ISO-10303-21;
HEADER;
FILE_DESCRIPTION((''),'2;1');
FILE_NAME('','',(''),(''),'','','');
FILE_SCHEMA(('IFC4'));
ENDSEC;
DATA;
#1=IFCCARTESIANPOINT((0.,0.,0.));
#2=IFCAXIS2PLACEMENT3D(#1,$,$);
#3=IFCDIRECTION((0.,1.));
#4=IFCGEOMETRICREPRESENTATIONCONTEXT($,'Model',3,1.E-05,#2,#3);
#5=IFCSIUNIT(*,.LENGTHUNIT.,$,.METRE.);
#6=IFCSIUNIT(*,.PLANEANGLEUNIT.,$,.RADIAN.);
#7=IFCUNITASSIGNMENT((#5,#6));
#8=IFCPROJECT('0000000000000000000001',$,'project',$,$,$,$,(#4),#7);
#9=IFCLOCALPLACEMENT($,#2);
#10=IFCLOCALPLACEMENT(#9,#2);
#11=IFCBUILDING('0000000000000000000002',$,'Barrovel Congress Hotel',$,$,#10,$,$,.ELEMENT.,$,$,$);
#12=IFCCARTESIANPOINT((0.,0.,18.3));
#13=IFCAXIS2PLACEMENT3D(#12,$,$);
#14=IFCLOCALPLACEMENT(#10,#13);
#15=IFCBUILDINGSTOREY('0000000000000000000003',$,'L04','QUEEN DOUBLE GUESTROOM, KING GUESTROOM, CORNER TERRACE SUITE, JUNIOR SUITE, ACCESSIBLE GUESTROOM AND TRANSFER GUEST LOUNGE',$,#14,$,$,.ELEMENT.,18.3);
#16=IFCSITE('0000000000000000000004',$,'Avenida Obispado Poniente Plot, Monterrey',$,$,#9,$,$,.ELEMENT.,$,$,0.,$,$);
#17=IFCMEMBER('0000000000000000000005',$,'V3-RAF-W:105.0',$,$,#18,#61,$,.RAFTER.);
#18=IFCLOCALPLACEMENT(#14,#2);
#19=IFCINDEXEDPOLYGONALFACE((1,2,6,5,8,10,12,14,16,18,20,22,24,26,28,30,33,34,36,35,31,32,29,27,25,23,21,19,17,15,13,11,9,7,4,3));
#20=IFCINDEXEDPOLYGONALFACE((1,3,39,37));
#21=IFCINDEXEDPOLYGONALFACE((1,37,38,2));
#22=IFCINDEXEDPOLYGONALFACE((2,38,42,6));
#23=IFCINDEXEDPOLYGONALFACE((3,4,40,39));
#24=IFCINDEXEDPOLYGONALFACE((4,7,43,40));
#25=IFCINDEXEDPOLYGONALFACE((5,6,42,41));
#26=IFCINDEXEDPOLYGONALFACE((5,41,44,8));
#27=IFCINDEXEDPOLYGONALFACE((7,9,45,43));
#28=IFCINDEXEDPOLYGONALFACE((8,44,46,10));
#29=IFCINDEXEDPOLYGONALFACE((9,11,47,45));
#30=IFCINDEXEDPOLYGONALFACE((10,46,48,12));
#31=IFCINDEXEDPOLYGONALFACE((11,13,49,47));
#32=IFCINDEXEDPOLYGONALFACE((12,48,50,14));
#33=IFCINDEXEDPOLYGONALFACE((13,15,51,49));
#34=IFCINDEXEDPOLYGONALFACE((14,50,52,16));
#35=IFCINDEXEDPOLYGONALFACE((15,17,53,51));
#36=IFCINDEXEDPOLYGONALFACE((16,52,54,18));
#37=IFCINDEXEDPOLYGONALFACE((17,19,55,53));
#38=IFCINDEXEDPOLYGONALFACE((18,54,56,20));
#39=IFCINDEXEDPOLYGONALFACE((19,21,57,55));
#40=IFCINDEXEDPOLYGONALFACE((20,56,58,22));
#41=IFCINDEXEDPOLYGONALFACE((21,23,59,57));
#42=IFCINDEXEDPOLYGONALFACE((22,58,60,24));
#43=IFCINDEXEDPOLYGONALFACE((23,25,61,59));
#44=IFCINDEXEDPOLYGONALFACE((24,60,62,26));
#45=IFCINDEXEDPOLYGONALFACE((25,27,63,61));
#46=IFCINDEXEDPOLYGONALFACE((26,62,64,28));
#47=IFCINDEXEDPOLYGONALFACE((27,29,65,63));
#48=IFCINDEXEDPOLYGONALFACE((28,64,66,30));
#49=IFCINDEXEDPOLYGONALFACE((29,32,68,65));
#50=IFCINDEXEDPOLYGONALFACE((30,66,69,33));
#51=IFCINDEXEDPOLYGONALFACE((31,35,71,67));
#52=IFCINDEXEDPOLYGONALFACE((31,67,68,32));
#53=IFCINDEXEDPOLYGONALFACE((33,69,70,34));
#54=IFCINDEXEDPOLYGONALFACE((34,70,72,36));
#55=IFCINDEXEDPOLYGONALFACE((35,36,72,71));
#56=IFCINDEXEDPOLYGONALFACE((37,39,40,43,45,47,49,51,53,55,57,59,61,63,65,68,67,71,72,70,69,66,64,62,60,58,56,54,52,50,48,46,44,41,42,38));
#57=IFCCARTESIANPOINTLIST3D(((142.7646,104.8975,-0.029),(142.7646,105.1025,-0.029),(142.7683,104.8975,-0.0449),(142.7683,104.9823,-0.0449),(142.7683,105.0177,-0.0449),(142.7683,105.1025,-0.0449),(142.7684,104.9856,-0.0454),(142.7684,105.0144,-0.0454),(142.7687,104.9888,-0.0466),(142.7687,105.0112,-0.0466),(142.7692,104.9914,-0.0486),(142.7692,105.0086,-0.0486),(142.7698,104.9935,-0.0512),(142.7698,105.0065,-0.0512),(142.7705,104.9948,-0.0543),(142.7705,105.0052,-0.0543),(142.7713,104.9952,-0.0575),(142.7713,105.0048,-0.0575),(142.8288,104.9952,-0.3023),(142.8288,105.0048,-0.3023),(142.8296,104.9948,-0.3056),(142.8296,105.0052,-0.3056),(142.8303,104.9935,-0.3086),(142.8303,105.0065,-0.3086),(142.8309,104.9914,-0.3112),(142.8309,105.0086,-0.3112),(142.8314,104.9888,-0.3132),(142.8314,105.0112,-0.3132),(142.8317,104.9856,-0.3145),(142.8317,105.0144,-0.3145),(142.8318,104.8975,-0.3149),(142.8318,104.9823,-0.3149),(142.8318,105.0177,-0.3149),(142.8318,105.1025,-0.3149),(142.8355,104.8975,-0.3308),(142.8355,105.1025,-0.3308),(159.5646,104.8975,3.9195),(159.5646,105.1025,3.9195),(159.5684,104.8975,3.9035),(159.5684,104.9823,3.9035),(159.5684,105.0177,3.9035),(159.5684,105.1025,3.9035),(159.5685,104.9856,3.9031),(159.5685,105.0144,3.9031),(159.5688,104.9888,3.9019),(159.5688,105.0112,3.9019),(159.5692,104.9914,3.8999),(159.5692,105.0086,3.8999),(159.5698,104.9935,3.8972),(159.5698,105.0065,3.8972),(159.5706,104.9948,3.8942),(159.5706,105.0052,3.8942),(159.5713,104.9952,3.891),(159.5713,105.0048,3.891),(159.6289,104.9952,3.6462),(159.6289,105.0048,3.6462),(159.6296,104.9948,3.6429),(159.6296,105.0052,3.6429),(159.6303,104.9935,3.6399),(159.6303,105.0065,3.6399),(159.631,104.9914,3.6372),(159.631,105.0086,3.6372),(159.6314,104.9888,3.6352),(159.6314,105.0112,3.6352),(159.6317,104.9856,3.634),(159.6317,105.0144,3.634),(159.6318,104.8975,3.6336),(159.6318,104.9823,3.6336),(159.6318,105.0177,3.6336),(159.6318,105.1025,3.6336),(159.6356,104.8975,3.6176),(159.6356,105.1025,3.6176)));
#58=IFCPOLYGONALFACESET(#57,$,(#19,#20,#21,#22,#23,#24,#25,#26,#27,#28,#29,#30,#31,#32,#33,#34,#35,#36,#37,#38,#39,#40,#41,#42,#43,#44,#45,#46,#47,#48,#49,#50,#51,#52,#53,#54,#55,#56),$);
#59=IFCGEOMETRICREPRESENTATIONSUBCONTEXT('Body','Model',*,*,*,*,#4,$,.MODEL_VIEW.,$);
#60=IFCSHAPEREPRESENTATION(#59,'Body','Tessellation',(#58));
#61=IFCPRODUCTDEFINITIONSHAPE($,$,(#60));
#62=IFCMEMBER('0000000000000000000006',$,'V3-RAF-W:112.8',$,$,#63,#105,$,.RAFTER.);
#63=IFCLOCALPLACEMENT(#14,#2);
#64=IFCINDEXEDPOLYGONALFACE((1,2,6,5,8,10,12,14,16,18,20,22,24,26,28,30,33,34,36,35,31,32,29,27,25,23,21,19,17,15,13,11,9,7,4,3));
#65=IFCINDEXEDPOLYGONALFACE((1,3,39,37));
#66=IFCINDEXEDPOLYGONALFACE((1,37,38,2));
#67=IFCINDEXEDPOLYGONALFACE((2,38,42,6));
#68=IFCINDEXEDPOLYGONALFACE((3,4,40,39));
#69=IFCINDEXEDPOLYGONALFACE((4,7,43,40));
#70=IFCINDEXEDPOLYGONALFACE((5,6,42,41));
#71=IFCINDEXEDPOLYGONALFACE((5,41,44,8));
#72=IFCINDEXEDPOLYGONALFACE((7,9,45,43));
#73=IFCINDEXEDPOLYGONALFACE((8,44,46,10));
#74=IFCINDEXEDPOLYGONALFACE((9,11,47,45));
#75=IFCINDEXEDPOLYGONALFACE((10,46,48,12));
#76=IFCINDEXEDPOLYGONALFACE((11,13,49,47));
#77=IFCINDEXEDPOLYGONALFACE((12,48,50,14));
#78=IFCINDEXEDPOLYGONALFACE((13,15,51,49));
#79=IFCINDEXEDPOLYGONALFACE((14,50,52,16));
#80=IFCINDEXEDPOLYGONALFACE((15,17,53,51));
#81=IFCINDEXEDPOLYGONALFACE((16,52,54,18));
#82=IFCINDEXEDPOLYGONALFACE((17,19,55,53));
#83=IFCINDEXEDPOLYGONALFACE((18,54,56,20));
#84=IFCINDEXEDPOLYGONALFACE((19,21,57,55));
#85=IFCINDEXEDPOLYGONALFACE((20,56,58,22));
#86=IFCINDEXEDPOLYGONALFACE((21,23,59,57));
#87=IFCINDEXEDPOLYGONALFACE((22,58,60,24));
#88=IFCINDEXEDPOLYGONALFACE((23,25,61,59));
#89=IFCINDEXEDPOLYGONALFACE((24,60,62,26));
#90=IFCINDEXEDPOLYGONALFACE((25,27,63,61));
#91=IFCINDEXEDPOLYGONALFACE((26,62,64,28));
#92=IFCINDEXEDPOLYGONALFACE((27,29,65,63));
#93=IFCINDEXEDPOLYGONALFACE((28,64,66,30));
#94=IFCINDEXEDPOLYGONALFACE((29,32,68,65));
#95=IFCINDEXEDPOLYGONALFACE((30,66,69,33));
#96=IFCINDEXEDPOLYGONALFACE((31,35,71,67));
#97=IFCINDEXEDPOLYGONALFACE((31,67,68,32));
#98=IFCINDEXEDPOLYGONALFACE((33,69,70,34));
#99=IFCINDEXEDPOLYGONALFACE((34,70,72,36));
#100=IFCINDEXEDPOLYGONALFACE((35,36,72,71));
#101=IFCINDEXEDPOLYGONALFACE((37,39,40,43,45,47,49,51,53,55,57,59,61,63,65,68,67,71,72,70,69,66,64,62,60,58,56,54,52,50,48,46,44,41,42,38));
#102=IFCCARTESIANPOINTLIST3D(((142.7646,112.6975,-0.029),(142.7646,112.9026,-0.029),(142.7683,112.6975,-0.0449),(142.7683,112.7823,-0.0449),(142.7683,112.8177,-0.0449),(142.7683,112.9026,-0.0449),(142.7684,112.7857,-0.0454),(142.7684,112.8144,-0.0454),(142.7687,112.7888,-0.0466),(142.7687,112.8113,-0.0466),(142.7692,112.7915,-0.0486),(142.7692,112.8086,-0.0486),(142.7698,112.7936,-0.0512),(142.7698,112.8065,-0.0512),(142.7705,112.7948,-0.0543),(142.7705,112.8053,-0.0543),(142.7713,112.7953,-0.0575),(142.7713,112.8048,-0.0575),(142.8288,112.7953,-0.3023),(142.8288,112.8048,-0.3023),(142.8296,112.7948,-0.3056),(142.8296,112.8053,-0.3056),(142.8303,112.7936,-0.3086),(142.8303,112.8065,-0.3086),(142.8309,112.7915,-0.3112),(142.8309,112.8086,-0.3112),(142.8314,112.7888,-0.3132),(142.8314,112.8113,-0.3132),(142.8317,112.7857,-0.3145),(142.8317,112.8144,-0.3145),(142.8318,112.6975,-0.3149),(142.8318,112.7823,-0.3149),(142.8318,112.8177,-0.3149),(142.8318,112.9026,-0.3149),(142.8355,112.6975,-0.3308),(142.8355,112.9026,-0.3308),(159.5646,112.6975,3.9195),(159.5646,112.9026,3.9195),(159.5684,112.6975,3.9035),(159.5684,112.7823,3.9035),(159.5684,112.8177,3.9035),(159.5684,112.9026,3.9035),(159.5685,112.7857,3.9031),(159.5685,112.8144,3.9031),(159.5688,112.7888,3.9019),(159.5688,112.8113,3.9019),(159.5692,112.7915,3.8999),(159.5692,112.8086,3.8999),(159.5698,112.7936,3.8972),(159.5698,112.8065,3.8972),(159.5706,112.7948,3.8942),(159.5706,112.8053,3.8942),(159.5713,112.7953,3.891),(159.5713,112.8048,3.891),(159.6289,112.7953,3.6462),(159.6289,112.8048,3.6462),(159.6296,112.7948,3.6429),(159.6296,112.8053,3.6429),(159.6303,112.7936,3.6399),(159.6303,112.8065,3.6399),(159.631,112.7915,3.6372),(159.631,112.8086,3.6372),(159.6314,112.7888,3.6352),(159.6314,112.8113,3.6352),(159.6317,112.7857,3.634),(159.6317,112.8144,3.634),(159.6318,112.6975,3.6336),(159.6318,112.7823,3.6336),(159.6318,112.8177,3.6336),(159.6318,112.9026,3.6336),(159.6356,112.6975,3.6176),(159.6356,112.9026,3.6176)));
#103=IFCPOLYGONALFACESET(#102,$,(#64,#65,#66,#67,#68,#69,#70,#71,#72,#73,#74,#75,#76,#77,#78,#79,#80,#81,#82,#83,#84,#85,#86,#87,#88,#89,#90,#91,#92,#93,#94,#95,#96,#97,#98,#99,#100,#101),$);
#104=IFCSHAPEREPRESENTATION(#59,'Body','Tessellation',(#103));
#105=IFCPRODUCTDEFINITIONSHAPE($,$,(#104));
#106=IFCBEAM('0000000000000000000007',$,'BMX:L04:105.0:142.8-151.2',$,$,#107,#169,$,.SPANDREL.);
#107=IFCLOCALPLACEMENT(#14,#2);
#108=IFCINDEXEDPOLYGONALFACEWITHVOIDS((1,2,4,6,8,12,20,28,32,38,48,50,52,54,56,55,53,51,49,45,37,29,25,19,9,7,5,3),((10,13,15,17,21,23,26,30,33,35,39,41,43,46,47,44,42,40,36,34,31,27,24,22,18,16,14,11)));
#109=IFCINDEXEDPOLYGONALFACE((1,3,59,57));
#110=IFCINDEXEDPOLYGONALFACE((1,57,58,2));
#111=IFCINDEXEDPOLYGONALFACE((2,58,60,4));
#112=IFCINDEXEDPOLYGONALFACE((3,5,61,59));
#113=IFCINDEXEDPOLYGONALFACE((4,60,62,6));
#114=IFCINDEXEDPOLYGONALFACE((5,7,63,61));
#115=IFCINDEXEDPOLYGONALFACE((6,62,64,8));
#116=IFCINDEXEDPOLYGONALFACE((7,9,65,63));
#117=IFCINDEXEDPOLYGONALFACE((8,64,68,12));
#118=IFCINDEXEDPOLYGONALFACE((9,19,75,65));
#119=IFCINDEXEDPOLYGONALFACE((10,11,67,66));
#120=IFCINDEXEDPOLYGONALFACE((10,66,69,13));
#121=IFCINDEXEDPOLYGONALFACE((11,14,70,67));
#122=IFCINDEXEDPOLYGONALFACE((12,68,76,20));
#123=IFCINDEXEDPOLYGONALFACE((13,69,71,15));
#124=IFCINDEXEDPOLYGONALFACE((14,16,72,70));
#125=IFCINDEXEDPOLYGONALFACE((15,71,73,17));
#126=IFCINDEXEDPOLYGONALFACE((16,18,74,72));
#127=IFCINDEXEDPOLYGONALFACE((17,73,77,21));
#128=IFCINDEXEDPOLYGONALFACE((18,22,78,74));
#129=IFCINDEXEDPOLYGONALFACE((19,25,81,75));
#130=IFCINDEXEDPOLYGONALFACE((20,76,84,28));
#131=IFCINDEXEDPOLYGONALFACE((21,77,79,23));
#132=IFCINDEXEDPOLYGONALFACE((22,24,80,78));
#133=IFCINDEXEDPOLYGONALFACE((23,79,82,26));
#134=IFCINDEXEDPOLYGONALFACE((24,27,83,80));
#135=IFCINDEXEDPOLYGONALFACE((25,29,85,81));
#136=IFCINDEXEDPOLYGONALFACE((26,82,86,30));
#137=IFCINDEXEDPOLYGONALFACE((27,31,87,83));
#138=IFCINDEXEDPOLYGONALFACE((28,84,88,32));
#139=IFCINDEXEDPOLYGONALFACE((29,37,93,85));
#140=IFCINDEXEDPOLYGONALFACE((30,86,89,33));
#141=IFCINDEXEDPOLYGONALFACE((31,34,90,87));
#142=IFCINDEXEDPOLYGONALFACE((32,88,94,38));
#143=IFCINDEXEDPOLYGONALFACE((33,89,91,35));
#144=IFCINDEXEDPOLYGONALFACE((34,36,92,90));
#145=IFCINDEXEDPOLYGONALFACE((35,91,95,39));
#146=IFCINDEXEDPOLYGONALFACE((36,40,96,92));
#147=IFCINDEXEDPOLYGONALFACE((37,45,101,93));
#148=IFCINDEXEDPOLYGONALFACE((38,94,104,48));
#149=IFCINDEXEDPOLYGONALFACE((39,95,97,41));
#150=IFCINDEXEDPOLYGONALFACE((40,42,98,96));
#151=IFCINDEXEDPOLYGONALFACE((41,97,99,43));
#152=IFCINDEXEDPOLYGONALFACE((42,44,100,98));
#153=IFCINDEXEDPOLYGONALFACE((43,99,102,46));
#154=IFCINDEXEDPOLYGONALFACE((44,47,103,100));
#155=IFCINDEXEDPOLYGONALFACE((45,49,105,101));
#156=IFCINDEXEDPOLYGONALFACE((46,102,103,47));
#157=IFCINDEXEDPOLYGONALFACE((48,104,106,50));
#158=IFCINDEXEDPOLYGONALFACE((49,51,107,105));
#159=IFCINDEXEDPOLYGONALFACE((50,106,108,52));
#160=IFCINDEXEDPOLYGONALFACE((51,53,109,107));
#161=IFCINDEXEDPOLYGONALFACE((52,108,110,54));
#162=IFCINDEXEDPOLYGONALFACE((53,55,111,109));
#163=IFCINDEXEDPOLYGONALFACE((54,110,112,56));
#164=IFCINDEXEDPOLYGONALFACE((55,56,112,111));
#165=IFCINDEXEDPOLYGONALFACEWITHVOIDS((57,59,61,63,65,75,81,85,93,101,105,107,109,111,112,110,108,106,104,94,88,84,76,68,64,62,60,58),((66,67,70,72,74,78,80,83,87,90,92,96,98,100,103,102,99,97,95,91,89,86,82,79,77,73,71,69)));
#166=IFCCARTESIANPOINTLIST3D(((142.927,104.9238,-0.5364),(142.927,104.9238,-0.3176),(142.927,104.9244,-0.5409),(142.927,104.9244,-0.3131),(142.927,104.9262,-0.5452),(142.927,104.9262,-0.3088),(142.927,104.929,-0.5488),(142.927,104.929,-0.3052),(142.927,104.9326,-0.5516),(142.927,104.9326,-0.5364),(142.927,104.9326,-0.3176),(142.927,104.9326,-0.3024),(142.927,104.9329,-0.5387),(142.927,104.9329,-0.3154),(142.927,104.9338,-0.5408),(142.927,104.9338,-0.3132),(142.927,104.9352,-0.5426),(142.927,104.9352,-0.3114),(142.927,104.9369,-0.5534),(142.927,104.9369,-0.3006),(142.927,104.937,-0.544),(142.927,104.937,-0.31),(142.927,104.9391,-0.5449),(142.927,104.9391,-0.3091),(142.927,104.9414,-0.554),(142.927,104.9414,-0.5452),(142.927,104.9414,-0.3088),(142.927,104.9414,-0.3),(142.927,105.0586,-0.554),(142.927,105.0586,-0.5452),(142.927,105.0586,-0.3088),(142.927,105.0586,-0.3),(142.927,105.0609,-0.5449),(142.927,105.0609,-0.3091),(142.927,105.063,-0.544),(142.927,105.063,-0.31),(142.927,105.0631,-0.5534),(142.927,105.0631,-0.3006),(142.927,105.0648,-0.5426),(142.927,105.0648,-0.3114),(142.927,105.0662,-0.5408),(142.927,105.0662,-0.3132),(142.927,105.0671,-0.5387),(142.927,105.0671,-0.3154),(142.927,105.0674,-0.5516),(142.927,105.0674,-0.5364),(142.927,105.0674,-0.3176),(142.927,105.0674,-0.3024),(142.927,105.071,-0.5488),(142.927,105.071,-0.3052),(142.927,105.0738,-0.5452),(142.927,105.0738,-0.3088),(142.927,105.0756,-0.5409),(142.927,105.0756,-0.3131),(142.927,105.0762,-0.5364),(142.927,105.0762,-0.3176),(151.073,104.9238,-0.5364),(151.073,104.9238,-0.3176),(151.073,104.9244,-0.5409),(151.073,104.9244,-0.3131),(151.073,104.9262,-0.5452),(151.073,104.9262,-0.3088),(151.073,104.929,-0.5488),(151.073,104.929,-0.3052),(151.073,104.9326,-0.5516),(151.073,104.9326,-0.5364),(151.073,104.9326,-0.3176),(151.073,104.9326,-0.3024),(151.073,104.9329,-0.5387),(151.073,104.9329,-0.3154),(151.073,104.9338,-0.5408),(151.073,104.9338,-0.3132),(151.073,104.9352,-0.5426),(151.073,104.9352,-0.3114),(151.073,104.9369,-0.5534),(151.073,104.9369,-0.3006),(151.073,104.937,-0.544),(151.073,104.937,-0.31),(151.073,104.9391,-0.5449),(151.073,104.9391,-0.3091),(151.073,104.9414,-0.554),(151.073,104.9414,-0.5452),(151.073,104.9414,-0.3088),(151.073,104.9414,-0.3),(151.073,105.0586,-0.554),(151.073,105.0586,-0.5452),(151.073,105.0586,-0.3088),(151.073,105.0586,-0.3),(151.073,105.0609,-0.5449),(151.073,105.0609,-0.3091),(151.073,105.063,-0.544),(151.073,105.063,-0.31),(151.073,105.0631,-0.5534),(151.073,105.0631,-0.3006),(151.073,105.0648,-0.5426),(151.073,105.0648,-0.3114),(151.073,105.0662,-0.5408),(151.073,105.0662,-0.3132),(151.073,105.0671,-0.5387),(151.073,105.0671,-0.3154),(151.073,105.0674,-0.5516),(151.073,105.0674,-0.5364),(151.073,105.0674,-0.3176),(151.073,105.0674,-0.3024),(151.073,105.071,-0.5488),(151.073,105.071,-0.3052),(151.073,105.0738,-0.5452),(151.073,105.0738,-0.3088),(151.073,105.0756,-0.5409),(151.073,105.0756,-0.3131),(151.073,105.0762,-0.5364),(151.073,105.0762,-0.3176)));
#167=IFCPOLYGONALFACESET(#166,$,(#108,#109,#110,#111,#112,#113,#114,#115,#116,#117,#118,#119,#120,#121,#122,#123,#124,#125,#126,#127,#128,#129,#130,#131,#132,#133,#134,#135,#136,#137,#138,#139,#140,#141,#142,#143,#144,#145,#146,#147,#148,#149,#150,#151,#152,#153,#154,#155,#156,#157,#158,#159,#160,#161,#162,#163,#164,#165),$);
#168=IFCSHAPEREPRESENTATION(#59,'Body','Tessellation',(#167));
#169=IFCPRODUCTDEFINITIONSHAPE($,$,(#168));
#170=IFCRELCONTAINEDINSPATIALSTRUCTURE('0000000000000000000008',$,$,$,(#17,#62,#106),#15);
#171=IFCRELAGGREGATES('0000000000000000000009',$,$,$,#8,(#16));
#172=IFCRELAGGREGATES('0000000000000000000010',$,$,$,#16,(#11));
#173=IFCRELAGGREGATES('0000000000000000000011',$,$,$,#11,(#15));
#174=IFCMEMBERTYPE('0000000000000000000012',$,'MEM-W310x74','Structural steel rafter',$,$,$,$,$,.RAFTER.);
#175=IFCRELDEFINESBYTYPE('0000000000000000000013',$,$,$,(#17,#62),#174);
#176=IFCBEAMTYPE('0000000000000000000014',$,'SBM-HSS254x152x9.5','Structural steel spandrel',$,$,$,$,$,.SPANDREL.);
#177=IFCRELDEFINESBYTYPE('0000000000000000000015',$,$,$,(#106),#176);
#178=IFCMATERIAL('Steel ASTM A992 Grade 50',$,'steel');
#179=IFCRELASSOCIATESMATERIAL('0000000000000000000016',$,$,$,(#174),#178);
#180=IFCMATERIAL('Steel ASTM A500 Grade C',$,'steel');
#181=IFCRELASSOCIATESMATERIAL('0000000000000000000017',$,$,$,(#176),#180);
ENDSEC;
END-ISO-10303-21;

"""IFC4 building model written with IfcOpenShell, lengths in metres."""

from ifc_helpers import new_model, si_unit, direction, frame, origin, origin_2d, place, context, subcontext, project, spatial, hollow_rectangle, i_section, extrude, material, material_profile, profile_set, type_object, element, save


model = new_model("IFC4")

# Units and contexts
model_context = context("Model", 3, precision=1e-05, world=origin(), true_north=direction((0.0, 1.0)))
body_context = subcontext(model_context, "Body", "Model", "MODEL_VIEW")
ifc_project = project(units=[si_unit("LENGTHUNIT", "METRE"), si_unit("PLANEANGLEUNIT", "RADIAN")], contexts=[model_context])

# Site, building, storey
site_placement = place(None, origin())
site = spatial("IfcSite", under=ifc_project, at=site_placement, Name="Avenida Obispado Poniente Plot, Monterrey", CompositionType="ELEMENT", RefElevation=0.0)
building_placement = place(site_placement, origin())
building = spatial("IfcBuilding", under=site, at=building_placement, Name="Barrovel Congress Hotel", CompositionType="ELEMENT")
storey_placement = place(building_placement, frame((0.0, 0.0, 18.3)))
storey = spatial("IfcBuildingStorey", under=building, at=storey_placement, Name="L04", Description="QUEEN DOUBLE GUESTROOM, KING GUESTROOM, CORNER TERRACE SUITE, JUNIOR SUITE, ACCESSIBLE GUESTROOM AND TRANSFER GUEST LOUNGE", CompositionType="ELEMENT", Elevation=18.3)

# Members
ifc_material_1 = material(Name="Steel ASTM A992 Grade 50", Category="steel")
ifc_material_profile_1 = material_profile(ifc_material_1, i_section(OverallWidth=0.2051, OverallDepth=0.3101, WebThickness=0.0095, FlangeThickness=0.0164, FilletRadius=0.0129, at=origin_2d()), Name="W310x74")
ifc_profile_set_1 = profile_set([ifc_material_profile_1], Name="Steel ASTM A992 Grade 50")
member_type_1 = type_object("IfcMemberType", Name="MEM-W310x74", Description="Structural steel rafter", PredefinedType="RAFTER", material=ifc_profile_set_1)
for number, where, z_axis, x_axis, name in (
    (1, (142.8, 105.0, -0.1799), (0.973475, 0.0, 0.228794), (0.0, 1.0, 0.0), "V3-RAF-W:105.0"),
    (2, (142.8, 112.8, -0.1799), (0.973475, 0.0, 0.228794), (0.0, 1.0, 0.0), "V3-RAF-W:112.8"),
):
    element("IfcMember", number, at=place(storey_placement, frame(where, z_axis=z_axis, x_axis=x_axis)), inside=storey, type_object=member_type_1, Name=name, PredefinedType="RAFTER", context=body_context, shape_type="SweptSolid", body=[
        extrude(i_section(OverallWidth=0.2051, OverallDepth=0.3101, WebThickness=0.0095, FlangeThickness=0.0164, FilletRadius=0.0129, at=origin_2d()), origin(), (0.0, 0.0, 1.0), 17.2578),
    ])

# Beam
ifc_material_2 = material(Name="Steel ASTM A500 Grade C", Category="steel")
ifc_material_profile_2 = material_profile(ifc_material_2, hollow_rectangle(XDim=0.1523, YDim=0.2539, WallThickness=0.0088, InnerFilletRadius=0.0088, OuterFilletRadius=0.0176, at=origin_2d()), Name="HSS254x152x9.5")
ifc_profile_set_2 = profile_set([ifc_material_profile_2], Name="Steel ASTM A500 Grade C")
beam_type_1 = type_object("IfcBeamType", Name="SBM-HSS254x152x9.5", Description="Structural steel spandrel", PredefinedType="SPANDREL", material=ifc_profile_set_2)
beam_1_placement = place(storey_placement, frame((142.927, 105.0, -0.427), z_axis=(1.0, 0.0, 0.0), x_axis=(0.0, 1.0, 0.0)))
element("IfcBeam", 3, at=beam_1_placement, inside=storey, type_object=beam_type_1, Name="BMX:L04:105.0:142.8-151.2", PredefinedType="SPANDREL", context=body_context, shape_type="SweptSolid", body=[
    extrude(hollow_rectangle(XDim=0.1523, YDim=0.2539, WallThickness=0.0088, InnerFilletRadius=0.0088, OuterFilletRadius=0.0176, at=origin_2d()), origin(), (0.0, 0.0, 1.0), 8.146),
])

save(model, "model.ifc")
